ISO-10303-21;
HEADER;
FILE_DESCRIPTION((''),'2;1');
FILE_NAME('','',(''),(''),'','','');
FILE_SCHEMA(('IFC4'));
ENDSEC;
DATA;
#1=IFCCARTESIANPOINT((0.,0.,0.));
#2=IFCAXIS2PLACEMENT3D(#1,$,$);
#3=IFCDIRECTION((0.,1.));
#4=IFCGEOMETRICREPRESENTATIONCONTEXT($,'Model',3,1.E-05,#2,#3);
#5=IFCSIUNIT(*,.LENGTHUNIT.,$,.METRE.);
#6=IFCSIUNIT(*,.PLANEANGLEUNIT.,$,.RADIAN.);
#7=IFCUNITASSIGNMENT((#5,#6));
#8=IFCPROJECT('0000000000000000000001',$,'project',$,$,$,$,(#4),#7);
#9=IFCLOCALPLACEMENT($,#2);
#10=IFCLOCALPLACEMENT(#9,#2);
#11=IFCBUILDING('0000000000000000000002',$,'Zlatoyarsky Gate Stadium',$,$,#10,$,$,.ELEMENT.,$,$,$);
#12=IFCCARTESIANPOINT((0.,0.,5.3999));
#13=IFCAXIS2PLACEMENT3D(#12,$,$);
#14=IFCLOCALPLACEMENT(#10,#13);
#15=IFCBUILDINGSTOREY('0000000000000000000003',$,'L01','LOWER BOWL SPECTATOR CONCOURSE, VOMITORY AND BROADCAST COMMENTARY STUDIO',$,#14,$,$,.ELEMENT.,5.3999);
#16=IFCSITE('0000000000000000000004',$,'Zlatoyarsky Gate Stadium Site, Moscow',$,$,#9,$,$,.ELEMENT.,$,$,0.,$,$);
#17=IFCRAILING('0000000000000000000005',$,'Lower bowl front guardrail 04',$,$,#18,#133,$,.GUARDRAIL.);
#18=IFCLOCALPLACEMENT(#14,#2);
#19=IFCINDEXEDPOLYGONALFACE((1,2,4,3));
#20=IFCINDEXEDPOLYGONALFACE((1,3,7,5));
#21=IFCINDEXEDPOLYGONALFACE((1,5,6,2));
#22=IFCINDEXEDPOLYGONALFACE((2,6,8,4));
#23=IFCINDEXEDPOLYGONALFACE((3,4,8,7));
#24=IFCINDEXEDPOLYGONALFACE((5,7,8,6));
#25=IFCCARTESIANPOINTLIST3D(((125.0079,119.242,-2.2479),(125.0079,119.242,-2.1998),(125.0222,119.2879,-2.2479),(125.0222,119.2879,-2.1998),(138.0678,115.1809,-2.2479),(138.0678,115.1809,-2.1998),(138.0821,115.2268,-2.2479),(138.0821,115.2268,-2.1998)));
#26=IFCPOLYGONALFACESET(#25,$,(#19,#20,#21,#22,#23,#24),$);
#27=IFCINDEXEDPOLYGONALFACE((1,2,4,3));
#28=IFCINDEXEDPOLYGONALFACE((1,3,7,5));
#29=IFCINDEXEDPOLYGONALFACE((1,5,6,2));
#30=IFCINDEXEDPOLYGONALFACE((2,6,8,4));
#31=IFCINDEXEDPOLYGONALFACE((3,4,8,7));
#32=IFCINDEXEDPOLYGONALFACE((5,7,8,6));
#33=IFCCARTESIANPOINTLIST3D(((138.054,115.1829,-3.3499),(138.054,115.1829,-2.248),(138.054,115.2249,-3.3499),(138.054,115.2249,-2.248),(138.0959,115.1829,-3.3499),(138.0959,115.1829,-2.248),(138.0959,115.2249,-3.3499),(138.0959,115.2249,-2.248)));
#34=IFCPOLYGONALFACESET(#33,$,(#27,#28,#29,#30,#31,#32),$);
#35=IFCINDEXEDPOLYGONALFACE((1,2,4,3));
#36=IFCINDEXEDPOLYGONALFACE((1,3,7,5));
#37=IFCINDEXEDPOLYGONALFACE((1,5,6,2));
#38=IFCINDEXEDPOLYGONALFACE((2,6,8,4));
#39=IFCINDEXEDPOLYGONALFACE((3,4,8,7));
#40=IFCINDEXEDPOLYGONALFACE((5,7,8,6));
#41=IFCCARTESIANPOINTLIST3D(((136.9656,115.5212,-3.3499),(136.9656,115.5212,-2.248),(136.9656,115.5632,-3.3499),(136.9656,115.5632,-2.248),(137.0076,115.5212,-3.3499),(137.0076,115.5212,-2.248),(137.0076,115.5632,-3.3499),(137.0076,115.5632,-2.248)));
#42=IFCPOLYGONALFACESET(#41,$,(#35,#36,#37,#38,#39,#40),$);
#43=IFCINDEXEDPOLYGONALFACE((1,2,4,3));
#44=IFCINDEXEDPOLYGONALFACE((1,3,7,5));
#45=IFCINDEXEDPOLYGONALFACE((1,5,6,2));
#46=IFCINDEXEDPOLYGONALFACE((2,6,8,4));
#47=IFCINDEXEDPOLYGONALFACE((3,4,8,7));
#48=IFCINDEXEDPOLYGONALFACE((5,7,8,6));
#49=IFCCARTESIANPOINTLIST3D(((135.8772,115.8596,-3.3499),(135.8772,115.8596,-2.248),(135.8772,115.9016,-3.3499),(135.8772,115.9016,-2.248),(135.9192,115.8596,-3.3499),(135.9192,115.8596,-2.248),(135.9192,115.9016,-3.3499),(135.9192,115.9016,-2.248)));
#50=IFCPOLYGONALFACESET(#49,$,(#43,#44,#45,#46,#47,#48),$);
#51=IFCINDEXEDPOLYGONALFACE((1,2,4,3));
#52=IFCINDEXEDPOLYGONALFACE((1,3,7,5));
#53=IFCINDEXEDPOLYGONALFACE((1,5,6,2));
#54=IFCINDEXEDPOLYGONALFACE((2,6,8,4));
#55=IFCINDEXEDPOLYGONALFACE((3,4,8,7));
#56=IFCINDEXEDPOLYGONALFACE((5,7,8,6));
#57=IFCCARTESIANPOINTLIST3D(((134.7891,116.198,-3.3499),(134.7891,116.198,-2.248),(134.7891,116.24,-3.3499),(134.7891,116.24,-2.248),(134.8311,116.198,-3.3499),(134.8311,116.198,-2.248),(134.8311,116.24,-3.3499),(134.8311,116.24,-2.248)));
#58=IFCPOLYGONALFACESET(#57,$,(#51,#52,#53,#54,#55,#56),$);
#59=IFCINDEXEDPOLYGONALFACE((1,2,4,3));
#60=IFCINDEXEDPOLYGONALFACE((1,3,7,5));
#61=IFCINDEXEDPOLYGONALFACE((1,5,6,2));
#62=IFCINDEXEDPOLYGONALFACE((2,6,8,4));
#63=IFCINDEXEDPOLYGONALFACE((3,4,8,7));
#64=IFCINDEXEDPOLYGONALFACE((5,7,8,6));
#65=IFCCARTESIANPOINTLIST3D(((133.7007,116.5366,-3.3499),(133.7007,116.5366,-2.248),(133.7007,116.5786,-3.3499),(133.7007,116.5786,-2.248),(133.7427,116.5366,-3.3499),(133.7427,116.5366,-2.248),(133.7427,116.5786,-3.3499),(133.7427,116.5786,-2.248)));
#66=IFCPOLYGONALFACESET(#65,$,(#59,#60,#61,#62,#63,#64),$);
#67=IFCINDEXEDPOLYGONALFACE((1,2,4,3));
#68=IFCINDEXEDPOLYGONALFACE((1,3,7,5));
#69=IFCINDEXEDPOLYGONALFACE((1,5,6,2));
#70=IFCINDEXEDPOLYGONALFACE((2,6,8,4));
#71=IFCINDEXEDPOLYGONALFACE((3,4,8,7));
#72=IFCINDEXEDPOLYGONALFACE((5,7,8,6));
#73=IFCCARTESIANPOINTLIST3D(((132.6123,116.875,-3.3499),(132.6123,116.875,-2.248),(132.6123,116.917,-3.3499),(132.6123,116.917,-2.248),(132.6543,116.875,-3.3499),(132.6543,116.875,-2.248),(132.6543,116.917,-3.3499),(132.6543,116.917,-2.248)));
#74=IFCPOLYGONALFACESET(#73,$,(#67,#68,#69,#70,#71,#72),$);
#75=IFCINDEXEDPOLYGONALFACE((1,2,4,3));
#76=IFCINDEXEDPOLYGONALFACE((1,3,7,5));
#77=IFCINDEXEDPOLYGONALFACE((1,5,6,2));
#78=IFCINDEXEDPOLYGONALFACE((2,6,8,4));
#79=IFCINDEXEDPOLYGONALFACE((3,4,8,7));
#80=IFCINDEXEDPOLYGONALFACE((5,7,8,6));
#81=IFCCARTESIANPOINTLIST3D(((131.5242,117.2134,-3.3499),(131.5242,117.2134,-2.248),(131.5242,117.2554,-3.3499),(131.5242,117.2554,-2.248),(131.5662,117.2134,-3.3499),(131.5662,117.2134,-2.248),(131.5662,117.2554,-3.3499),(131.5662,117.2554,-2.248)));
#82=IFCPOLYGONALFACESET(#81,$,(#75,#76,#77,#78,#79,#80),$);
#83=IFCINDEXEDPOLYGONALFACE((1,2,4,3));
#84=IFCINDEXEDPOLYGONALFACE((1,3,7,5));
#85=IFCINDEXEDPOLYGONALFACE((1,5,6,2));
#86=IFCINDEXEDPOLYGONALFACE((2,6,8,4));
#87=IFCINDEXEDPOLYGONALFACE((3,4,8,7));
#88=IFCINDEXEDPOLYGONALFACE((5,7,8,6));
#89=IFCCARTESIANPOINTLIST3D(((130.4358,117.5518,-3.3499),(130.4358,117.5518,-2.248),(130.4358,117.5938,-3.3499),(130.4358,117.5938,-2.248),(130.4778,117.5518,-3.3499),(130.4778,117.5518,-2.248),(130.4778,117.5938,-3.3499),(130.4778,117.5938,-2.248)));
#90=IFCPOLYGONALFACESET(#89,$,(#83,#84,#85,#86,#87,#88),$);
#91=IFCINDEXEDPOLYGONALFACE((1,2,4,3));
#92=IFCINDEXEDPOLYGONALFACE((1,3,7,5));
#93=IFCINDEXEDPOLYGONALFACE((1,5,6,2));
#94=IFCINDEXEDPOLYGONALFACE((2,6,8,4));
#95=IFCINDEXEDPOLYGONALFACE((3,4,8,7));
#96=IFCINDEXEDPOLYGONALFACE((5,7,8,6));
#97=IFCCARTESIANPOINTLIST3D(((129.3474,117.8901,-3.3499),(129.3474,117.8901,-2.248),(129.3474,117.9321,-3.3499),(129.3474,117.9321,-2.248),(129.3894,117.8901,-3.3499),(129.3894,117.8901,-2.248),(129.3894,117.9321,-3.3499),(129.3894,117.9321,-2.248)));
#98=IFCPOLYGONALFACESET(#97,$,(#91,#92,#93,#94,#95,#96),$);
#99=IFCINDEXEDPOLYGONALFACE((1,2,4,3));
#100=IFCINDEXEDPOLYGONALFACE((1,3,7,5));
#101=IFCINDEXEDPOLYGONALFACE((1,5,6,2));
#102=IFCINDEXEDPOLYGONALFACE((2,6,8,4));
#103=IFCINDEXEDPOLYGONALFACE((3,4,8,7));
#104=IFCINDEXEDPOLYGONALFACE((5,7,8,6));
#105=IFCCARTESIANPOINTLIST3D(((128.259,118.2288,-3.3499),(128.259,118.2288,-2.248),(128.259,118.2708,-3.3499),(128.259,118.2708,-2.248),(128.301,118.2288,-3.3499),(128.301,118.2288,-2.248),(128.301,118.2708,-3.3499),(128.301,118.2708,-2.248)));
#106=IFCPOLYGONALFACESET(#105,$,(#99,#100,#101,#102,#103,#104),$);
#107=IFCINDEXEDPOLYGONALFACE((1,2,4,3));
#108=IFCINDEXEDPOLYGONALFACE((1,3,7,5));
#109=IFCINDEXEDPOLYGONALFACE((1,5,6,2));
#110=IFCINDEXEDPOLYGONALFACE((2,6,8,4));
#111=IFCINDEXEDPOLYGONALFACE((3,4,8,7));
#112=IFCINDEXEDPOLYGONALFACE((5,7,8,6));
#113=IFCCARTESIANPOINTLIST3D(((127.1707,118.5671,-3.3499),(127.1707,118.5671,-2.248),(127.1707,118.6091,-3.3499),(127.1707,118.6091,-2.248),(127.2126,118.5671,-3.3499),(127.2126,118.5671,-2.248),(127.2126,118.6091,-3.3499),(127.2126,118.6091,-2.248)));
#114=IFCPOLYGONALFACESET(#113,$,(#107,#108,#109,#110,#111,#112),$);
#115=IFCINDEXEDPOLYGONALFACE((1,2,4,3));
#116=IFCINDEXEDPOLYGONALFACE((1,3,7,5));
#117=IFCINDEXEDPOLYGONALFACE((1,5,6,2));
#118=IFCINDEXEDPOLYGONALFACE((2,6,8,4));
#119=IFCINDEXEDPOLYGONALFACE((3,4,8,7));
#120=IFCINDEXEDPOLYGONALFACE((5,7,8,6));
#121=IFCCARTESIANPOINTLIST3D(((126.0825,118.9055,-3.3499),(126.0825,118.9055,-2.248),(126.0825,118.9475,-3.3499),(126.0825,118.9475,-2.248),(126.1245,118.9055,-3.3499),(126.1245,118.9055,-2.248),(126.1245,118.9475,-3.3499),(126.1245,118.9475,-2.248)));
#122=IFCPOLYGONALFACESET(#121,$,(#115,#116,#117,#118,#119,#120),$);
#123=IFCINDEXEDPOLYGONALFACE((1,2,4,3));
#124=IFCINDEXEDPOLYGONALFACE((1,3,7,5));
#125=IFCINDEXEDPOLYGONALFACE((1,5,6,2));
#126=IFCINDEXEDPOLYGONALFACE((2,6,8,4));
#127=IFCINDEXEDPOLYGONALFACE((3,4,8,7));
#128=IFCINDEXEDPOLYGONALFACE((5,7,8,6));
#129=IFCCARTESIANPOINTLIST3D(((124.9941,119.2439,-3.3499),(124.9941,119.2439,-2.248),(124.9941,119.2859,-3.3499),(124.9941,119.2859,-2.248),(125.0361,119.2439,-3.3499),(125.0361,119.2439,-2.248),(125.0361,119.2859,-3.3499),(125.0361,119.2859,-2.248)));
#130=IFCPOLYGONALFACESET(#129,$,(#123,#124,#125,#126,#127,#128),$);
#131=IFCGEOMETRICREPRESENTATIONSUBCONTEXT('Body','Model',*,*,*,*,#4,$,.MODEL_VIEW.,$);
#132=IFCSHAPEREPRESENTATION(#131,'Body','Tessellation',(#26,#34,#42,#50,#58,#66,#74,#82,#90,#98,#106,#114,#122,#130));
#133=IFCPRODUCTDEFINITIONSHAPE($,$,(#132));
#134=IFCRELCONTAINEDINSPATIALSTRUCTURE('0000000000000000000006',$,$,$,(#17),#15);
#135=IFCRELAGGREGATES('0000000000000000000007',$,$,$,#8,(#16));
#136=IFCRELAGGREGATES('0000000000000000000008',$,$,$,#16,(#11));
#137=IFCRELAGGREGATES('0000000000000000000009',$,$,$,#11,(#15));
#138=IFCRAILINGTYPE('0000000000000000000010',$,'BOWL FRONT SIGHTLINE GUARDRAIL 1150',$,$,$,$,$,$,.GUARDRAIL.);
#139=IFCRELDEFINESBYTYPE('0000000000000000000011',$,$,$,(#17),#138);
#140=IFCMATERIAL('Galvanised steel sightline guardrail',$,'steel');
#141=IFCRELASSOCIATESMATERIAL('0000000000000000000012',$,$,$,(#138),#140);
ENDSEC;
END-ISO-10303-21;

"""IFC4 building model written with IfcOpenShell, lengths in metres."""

from ifc_helpers import new_model, si_unit, direction, frame, origin, origin_2d, place, context, subcontext, project, spatial, rectangle, extrude, material, type_object, element, save


model = new_model("IFC4")

# Units and contexts
model_context = context("Model", 3, precision=1e-05, world=origin(), true_north=direction((0.0, 1.0)))
body_context = subcontext(model_context, "Body", "Model", "MODEL_VIEW")
ifc_project = project(units=[si_unit("LENGTHUNIT", "METRE"), si_unit("PLANEANGLEUNIT", "RADIAN")], contexts=[model_context])

# Site, building, storey
site_placement = place(None, origin())
site = spatial("IfcSite", under=ifc_project, at=site_placement, Name="Zlatoyarsky Gate Stadium Site, Moscow", CompositionType="ELEMENT", RefElevation=0.0)
building_placement = place(site_placement, origin())
building = spatial("IfcBuilding", under=site, at=building_placement, Name="Zlatoyarsky Gate Stadium", CompositionType="ELEMENT")
storey_placement = place(building_placement, frame((0.0, 0.0, 5.3999)))
storey = spatial("IfcBuildingStorey", under=building, at=storey_placement, Name="L01", Description="LOWER BOWL SPECTATOR CONCOURSE, VOMITORY AND BROADCAST COMMENTARY STUDIO", CompositionType="ELEMENT", Elevation=5.3999)

# Railing
ifc_material_1 = material(Name="Galvanised steel sightline guardrail", Category="steel")
railing_type_1 = type_object("IfcRailingType", Name="BOWL FRONT SIGHTLINE GUARDRAIL 1150", PredefinedType="GUARDRAIL", material=ifc_material_1)
railing_1_placement = place(storey_placement, frame((138.075, 115.2039, -3.3499)))
element("IfcRailing", 1, at=railing_1_placement, inside=storey, type_object=railing_type_1, Name="Lower bowl front guardrail 04", PredefinedType="GUARDRAIL", context=body_context, shape_type="SweptSolid", body=[
    extrude(rectangle(XDim=0.0481, YDim=0.0481, at=origin_2d()), frame((0.0, 0.0, 1.126), z_axis=(-0.954899, 0.296932, 0.0), x_axis=(-0.296932, -0.954899, 0.0)), (0.0, 0.0, 1.0), 13.6768),
    extrude(rectangle(XDim=0.042, YDim=0.042, at=origin_2d()), origin(), (0.0, 0.0, 1.0), 1.1018),
    extrude(rectangle(XDim=0.042, YDim=0.042, at=origin_2d()), frame((-1.0884, 0.3384, 0.0)), (0.0, 0.0, 1.0), 1.1018),
    extrude(rectangle(XDim=0.042, YDim=0.042, at=origin_2d()), frame((-2.1768, 0.6768, 0.0)), (0.0, 0.0, 1.0), 1.1018),
    extrude(rectangle(XDim=0.042, YDim=0.042, at=origin_2d()), frame((-3.2649, 1.0151, 0.0)), (0.0, 0.0, 1.0), 1.1018),
    extrude(rectangle(XDim=0.042, YDim=0.042, at=origin_2d()), frame((-4.3533, 1.3538, 0.0)), (0.0, 0.0, 1.0), 1.1018),
    extrude(rectangle(XDim=0.042, YDim=0.042, at=origin_2d()), frame((-5.4417, 1.6921, 0.0)), (0.0, 0.0, 1.0), 1.1018),
    extrude(rectangle(XDim=0.042, YDim=0.042, at=origin_2d()), frame((-6.5298, 2.0305, 0.0)), (0.0, 0.0, 1.0), 1.1018),
    extrude(rectangle(XDim=0.042, YDim=0.042, at=origin_2d()), frame((-7.6182, 2.3689, 0.0)), (0.0, 0.0, 1.0), 1.1018),
    extrude(rectangle(XDim=0.042, YDim=0.042, at=origin_2d()), frame((-8.7065, 2.7073, 0.0)), (0.0, 0.0, 1.0), 1.1018),
    extrude(rectangle(XDim=0.042, YDim=0.042, at=origin_2d()), frame((-9.7949, 3.0459, 0.0)), (0.0, 0.0, 1.0), 1.1018),
    extrude(rectangle(XDim=0.042, YDim=0.042, at=origin_2d()), frame((-10.8833, 3.3843, 0.0)), (0.0, 0.0, 1.0), 1.1018),
    extrude(rectangle(XDim=0.042, YDim=0.042, at=origin_2d()), frame((-11.9714, 3.7227, 0.0)), (0.0, 0.0, 1.0), 1.1018),
    extrude(rectangle(XDim=0.042, YDim=0.042, at=origin_2d()), frame((-13.0598, 4.061, 0.0)), (0.0, 0.0, 1.0), 1.1018),
])

save(model, "model.ifc")
